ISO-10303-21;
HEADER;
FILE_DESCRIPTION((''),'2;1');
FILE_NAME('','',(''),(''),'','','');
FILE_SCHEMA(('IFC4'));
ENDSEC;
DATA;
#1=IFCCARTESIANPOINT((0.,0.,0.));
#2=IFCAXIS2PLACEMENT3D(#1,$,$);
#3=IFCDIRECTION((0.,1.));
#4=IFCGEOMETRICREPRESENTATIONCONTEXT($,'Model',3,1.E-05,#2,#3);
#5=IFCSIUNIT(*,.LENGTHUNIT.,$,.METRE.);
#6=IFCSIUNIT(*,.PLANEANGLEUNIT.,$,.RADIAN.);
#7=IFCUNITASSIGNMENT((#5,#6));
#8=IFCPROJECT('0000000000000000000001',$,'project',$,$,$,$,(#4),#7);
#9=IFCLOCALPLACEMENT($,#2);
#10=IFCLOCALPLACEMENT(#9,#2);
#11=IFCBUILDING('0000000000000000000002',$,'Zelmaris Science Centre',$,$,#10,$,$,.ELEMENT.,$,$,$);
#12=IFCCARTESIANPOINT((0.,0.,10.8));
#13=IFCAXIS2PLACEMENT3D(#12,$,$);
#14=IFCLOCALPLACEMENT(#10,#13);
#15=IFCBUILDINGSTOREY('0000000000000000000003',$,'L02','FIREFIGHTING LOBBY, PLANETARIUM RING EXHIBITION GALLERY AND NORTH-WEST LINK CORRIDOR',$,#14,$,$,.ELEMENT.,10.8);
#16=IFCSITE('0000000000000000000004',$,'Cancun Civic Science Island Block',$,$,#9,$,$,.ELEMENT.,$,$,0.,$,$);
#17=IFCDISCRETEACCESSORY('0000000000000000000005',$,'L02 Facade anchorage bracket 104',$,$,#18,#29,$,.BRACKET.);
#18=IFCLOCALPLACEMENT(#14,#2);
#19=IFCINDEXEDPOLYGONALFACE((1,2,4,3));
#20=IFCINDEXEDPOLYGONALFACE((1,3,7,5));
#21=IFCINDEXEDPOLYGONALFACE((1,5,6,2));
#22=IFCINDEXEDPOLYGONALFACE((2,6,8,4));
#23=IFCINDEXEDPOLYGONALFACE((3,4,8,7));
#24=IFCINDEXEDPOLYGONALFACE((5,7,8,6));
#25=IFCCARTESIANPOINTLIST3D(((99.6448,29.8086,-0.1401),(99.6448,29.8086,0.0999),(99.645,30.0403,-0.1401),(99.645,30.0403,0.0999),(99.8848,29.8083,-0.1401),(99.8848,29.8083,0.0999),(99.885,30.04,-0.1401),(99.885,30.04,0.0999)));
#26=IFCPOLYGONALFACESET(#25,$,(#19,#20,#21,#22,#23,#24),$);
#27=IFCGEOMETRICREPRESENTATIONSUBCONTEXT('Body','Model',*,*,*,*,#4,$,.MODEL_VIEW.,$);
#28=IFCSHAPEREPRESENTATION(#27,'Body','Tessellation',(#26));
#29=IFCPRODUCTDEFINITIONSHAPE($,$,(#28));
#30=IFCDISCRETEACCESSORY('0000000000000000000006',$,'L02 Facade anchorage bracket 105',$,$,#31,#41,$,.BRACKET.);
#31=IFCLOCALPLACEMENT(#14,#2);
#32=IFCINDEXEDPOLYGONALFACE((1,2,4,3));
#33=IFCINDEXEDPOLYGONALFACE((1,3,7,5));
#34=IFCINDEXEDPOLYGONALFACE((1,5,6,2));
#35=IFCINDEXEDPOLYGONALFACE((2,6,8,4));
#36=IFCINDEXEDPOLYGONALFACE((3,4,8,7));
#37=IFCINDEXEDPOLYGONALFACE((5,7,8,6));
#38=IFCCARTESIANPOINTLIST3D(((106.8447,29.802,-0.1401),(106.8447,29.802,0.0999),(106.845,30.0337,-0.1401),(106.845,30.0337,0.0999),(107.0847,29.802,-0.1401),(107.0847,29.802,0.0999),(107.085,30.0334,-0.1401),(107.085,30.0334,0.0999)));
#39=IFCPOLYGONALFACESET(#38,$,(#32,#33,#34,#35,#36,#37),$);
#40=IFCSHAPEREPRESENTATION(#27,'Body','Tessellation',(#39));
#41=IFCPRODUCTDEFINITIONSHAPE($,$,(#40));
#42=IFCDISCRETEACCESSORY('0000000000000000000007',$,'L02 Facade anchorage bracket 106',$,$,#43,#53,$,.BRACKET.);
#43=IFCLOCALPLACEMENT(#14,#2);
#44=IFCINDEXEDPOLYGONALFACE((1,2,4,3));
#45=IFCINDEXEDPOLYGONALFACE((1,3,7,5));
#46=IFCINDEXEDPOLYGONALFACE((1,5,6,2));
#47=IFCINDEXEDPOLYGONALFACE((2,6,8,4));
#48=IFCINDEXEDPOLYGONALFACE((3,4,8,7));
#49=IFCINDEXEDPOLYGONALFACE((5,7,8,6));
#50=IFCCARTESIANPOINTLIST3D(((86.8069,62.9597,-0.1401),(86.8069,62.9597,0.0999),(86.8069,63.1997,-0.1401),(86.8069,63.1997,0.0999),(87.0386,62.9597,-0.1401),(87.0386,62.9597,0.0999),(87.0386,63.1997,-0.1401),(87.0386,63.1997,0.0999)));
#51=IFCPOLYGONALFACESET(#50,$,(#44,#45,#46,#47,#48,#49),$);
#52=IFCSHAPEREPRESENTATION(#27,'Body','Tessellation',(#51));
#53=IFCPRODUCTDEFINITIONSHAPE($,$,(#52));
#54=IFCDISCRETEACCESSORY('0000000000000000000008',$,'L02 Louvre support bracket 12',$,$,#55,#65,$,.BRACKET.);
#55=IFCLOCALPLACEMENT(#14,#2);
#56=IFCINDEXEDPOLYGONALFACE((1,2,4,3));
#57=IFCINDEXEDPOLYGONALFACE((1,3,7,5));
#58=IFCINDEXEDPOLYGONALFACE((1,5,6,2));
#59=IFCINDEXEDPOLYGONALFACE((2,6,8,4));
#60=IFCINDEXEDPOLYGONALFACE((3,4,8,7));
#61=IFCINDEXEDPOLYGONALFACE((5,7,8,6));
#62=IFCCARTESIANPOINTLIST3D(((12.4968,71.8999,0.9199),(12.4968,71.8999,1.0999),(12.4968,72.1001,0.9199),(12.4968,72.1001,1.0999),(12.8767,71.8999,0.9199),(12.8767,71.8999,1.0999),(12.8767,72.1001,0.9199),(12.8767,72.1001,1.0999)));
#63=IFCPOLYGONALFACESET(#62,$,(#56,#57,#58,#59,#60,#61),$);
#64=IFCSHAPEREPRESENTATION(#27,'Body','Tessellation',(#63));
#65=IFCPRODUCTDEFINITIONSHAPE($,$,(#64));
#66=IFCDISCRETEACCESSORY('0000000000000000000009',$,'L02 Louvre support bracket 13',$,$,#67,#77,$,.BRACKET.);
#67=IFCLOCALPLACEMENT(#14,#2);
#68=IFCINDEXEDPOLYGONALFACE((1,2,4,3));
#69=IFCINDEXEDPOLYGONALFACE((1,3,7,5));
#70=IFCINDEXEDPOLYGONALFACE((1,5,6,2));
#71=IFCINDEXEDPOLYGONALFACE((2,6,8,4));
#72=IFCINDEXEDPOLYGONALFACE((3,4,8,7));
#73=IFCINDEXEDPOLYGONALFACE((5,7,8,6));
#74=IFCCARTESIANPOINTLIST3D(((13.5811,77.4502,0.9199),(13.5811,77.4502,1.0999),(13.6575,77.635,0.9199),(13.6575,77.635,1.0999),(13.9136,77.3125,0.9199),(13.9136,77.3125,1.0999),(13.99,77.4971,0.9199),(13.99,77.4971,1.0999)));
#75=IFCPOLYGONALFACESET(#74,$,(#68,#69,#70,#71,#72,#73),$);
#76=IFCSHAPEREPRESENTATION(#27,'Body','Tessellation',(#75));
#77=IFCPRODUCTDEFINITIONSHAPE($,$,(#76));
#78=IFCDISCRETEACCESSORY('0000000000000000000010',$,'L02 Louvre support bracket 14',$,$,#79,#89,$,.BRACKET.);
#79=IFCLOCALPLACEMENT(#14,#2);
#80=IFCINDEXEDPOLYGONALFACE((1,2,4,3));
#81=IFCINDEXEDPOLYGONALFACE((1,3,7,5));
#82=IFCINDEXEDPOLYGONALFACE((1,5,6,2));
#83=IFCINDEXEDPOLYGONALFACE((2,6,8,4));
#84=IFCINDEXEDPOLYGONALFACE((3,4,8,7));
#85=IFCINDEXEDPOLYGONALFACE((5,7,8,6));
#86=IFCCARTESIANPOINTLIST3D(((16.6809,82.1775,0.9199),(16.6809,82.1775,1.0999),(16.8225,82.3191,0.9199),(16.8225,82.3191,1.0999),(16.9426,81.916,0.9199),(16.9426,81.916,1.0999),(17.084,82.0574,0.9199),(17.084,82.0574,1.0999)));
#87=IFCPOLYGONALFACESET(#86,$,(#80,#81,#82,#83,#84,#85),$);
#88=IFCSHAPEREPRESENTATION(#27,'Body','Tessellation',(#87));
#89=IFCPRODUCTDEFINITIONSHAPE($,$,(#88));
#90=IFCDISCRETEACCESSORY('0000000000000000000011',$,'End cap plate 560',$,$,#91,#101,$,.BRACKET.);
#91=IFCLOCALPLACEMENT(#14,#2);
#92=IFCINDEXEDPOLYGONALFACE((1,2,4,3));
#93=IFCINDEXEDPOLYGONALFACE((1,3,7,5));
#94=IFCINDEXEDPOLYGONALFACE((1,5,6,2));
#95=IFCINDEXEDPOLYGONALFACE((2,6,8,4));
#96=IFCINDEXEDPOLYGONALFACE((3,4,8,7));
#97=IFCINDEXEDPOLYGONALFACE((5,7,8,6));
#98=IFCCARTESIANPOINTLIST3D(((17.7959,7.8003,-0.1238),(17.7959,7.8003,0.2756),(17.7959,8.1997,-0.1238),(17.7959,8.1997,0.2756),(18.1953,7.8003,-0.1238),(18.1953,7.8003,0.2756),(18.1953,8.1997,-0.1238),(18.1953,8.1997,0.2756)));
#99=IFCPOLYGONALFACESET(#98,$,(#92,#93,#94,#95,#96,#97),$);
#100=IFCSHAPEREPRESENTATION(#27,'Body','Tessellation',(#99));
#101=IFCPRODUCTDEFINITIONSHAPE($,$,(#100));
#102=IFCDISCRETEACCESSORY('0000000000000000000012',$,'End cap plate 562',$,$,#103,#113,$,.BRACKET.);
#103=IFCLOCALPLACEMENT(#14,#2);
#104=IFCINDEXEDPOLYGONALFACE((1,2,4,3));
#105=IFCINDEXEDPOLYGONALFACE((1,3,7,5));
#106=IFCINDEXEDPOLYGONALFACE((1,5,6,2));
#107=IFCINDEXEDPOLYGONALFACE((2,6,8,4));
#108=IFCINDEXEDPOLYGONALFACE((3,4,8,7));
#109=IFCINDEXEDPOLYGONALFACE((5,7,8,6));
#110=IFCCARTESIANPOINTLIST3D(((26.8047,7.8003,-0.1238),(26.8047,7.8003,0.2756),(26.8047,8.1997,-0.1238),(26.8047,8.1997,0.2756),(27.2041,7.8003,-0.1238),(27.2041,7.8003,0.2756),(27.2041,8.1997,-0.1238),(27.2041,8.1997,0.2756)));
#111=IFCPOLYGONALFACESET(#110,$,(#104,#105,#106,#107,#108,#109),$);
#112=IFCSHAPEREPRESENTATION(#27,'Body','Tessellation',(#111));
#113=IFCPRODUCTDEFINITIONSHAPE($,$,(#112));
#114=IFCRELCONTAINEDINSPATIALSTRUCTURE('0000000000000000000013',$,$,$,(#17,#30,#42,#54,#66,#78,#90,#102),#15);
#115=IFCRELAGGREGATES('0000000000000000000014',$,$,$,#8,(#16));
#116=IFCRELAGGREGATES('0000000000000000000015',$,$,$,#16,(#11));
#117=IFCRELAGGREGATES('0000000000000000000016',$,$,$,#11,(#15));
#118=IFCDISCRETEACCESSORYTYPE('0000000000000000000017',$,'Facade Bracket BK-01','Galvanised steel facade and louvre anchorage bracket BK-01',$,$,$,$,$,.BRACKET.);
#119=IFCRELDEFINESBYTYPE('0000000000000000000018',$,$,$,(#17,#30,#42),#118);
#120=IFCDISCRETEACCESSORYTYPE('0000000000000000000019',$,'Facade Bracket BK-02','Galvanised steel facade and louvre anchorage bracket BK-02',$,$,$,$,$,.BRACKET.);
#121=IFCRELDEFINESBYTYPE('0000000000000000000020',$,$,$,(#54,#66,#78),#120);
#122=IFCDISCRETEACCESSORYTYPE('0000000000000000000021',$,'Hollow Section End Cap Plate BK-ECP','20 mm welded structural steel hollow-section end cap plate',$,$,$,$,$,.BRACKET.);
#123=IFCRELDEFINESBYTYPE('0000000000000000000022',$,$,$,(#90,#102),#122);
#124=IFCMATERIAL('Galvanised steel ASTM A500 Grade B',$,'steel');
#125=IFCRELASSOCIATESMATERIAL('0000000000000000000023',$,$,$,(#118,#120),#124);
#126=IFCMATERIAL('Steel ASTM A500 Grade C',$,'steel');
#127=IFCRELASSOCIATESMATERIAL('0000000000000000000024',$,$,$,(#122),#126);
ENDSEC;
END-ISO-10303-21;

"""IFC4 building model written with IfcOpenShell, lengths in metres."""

from ifc_helpers import new_model, si_unit, direction, frame, origin, place, context, subcontext, project, spatial, polyline, outline, extrude, material, type_object, element, save


model = new_model("IFC4")

# Units and contexts
model_context = context("Model", 3, precision=1e-05, world=origin(), true_north=direction((0.0, 1.0)))
body_context = subcontext(model_context, "Body", "Model", "MODEL_VIEW")
ifc_project = project(units=[si_unit("LENGTHUNIT", "METRE"), si_unit("PLANEANGLEUNIT", "RADIAN")], contexts=[model_context])

# Site, building, storey
site_placement = place(None, origin())
site = spatial("IfcSite", under=ifc_project, at=site_placement, Name="Cancun Civic Science Island Block", CompositionType="ELEMENT", RefElevation=0.0)
building_placement = place(site_placement, origin())
building = spatial("IfcBuilding", under=site, at=building_placement, Name="Zelmaris Science Centre", CompositionType="ELEMENT")
storey_placement = place(building_placement, frame((0.0, 0.0, 10.8)))
storey = spatial("IfcBuildingStorey", under=building, at=storey_placement, Name="L02", Description="FIREFIGHTING LOBBY, PLANETARIUM RING EXHIBITION GALLERY AND NORTH-WEST LINK CORRIDOR", CompositionType="ELEMENT", Elevation=10.8)

# Discrete accessories
ifc_material_1 = material(Name="Galvanised steel ASTM A500 Grade B", Category="steel")
discrete_accessory_type_1 = type_object("IfcDiscreteAccessoryType", Name="Facade Bracket BK-01", Description="Galvanised steel facade and louvre anchorage bracket BK-01", PredefinedType="BRACKET", material=ifc_material_1)
discrete_accessory_1_placement = place(storey_placement, frame((0.0, 0.0, -0.1401)))
element("IfcDiscreteAccessory", 1, at=discrete_accessory_1_placement, inside=storey, type_object=discrete_accessory_type_1, Name="L02 Facade anchorage bracket 104", PredefinedType="BRACKET", context=body_context, shape_type="SweptSolid", body=[
    extrude(outline(polyline([(99.6448, 29.8086), (99.8848, 29.8083), (99.885, 30.04), (99.645, 30.0403), (99.6448, 29.8086)])), origin(), (0.0, 0.0, 1.0), 0.24),
])
discrete_accessory_2_placement = place(storey_placement, frame((0.0, 0.0, -0.1401)))
element("IfcDiscreteAccessory", 2, at=discrete_accessory_2_placement, inside=storey, type_object=discrete_accessory_type_1, Name="L02 Facade anchorage bracket 105", PredefinedType="BRACKET", context=body_context, shape_type="SweptSolid", body=[
    extrude(outline(polyline([(106.8447, 29.802), (107.0847, 29.802), (107.085, 30.0334), (106.845, 30.0337), (106.8447, 29.802)])), origin(), (0.0, 0.0, 1.0), 0.24),
])
discrete_accessory_3_placement = place(storey_placement, frame((0.0, 0.0, -0.1401)))
element("IfcDiscreteAccessory", 3, at=discrete_accessory_3_placement, inside=storey, type_object=discrete_accessory_type_1, Name="L02 Facade anchorage bracket 106", PredefinedType="BRACKET", context=body_context, shape_type="SweptSolid", body=[
    extrude(outline(polyline([(86.8069, 63.1997), (86.8069, 62.9597), (87.0386, 62.9597), (87.0386, 63.1997), (86.8069, 63.1997)])), origin(), (0.0, 0.0, 1.0), 0.24),
])
discrete_accessory_type_2 = type_object("IfcDiscreteAccessoryType", Name="Facade Bracket BK-02", Description="Galvanised steel facade and louvre anchorage bracket BK-02", PredefinedType="BRACKET", material=ifc_material_1)
discrete_accessory_4_placement = place(storey_placement, frame((0.0, 0.0, 0.9199)))
element("IfcDiscreteAccessory", 4, at=discrete_accessory_4_placement, inside=storey, type_object=discrete_accessory_type_2, Name="L02 Louvre support bracket 12", PredefinedType="BRACKET", context=body_context, shape_type="SweptSolid", body=[
    extrude(outline(polyline([(12.8767, 71.8999), (12.8767, 72.1001), (12.4968, 72.1001), (12.4968, 71.8999), (12.8767, 71.8999)])), origin(), (0.0, 0.0, 1.0), 0.1799),
])
discrete_accessory_5_placement = place(storey_placement, frame((0.0, 0.0, 0.9199)))
element("IfcDiscreteAccessory", 5, at=discrete_accessory_5_placement, inside=storey, type_object=discrete_accessory_type_2, Name="L02 Louvre support bracket 13", PredefinedType="BRACKET", context=body_context, shape_type="SweptSolid", body=[
    extrude(outline(polyline([(13.9136, 77.3125), (13.99, 77.4971), (13.6575, 77.635), (13.5811, 77.4502), (13.9136, 77.3125)])), origin(), (0.0, 0.0, 1.0), 0.1799),
])
discrete_accessory_6_placement = place(storey_placement, frame((0.0, 0.0, 0.9199)))
element("IfcDiscreteAccessory", 6, at=discrete_accessory_6_placement, inside=storey, type_object=discrete_accessory_type_2, Name="L02 Louvre support bracket 14", PredefinedType="BRACKET", context=body_context, shape_type="SweptSolid", body=[
    extrude(outline(polyline([(16.9426, 81.916), (17.084, 82.0574), (16.8225, 82.3191), (16.6809, 82.1775), (16.9426, 81.916)])), origin(), (0.0, 0.0, 1.0), 0.1799),
])
ifc_material_2 = material(Name="Steel ASTM A500 Grade C", Category="steel")
discrete_accessory_type_3 = type_object("IfcDiscreteAccessoryType", Name="Hollow Section End Cap Plate BK-ECP", Description="20 mm welded structural steel hollow-section end cap plate", PredefinedType="BRACKET", material=ifc_material_2)
discrete_accessory_7_placement = place(storey_placement, frame((0.0, 0.0, -0.1238)))
element("IfcDiscreteAccessory", 7, at=discrete_accessory_7_placement, inside=storey, type_object=discrete_accessory_type_3, Name="End cap plate 560", PredefinedType="BRACKET", context=body_context, shape_type="SweptSolid", body=[
    extrude(outline(polyline([(17.7959, 7.8003), (18.1953, 7.8003), (18.1953, 8.1997), (17.7959, 8.1997), (17.7959, 7.8003)])), origin(), (0.0, 0.0, 1.0), 0.3994),
])
discrete_accessory_8_placement = place(storey_placement, frame((0.0, 0.0, -0.1238)))
element("IfcDiscreteAccessory", 8, at=discrete_accessory_8_placement, inside=storey, type_object=discrete_accessory_type_3, Name="End cap plate 562", PredefinedType="BRACKET", context=body_context, shape_type="SweptSolid", body=[
    extrude(outline(polyline([(26.8047, 7.8003), (27.2041, 7.8003), (27.2041, 8.1997), (26.8047, 8.1997), (26.8047, 7.8003)])), origin(), (0.0, 0.0, 1.0), 0.3994),
])

save(model, "model.ifc")
